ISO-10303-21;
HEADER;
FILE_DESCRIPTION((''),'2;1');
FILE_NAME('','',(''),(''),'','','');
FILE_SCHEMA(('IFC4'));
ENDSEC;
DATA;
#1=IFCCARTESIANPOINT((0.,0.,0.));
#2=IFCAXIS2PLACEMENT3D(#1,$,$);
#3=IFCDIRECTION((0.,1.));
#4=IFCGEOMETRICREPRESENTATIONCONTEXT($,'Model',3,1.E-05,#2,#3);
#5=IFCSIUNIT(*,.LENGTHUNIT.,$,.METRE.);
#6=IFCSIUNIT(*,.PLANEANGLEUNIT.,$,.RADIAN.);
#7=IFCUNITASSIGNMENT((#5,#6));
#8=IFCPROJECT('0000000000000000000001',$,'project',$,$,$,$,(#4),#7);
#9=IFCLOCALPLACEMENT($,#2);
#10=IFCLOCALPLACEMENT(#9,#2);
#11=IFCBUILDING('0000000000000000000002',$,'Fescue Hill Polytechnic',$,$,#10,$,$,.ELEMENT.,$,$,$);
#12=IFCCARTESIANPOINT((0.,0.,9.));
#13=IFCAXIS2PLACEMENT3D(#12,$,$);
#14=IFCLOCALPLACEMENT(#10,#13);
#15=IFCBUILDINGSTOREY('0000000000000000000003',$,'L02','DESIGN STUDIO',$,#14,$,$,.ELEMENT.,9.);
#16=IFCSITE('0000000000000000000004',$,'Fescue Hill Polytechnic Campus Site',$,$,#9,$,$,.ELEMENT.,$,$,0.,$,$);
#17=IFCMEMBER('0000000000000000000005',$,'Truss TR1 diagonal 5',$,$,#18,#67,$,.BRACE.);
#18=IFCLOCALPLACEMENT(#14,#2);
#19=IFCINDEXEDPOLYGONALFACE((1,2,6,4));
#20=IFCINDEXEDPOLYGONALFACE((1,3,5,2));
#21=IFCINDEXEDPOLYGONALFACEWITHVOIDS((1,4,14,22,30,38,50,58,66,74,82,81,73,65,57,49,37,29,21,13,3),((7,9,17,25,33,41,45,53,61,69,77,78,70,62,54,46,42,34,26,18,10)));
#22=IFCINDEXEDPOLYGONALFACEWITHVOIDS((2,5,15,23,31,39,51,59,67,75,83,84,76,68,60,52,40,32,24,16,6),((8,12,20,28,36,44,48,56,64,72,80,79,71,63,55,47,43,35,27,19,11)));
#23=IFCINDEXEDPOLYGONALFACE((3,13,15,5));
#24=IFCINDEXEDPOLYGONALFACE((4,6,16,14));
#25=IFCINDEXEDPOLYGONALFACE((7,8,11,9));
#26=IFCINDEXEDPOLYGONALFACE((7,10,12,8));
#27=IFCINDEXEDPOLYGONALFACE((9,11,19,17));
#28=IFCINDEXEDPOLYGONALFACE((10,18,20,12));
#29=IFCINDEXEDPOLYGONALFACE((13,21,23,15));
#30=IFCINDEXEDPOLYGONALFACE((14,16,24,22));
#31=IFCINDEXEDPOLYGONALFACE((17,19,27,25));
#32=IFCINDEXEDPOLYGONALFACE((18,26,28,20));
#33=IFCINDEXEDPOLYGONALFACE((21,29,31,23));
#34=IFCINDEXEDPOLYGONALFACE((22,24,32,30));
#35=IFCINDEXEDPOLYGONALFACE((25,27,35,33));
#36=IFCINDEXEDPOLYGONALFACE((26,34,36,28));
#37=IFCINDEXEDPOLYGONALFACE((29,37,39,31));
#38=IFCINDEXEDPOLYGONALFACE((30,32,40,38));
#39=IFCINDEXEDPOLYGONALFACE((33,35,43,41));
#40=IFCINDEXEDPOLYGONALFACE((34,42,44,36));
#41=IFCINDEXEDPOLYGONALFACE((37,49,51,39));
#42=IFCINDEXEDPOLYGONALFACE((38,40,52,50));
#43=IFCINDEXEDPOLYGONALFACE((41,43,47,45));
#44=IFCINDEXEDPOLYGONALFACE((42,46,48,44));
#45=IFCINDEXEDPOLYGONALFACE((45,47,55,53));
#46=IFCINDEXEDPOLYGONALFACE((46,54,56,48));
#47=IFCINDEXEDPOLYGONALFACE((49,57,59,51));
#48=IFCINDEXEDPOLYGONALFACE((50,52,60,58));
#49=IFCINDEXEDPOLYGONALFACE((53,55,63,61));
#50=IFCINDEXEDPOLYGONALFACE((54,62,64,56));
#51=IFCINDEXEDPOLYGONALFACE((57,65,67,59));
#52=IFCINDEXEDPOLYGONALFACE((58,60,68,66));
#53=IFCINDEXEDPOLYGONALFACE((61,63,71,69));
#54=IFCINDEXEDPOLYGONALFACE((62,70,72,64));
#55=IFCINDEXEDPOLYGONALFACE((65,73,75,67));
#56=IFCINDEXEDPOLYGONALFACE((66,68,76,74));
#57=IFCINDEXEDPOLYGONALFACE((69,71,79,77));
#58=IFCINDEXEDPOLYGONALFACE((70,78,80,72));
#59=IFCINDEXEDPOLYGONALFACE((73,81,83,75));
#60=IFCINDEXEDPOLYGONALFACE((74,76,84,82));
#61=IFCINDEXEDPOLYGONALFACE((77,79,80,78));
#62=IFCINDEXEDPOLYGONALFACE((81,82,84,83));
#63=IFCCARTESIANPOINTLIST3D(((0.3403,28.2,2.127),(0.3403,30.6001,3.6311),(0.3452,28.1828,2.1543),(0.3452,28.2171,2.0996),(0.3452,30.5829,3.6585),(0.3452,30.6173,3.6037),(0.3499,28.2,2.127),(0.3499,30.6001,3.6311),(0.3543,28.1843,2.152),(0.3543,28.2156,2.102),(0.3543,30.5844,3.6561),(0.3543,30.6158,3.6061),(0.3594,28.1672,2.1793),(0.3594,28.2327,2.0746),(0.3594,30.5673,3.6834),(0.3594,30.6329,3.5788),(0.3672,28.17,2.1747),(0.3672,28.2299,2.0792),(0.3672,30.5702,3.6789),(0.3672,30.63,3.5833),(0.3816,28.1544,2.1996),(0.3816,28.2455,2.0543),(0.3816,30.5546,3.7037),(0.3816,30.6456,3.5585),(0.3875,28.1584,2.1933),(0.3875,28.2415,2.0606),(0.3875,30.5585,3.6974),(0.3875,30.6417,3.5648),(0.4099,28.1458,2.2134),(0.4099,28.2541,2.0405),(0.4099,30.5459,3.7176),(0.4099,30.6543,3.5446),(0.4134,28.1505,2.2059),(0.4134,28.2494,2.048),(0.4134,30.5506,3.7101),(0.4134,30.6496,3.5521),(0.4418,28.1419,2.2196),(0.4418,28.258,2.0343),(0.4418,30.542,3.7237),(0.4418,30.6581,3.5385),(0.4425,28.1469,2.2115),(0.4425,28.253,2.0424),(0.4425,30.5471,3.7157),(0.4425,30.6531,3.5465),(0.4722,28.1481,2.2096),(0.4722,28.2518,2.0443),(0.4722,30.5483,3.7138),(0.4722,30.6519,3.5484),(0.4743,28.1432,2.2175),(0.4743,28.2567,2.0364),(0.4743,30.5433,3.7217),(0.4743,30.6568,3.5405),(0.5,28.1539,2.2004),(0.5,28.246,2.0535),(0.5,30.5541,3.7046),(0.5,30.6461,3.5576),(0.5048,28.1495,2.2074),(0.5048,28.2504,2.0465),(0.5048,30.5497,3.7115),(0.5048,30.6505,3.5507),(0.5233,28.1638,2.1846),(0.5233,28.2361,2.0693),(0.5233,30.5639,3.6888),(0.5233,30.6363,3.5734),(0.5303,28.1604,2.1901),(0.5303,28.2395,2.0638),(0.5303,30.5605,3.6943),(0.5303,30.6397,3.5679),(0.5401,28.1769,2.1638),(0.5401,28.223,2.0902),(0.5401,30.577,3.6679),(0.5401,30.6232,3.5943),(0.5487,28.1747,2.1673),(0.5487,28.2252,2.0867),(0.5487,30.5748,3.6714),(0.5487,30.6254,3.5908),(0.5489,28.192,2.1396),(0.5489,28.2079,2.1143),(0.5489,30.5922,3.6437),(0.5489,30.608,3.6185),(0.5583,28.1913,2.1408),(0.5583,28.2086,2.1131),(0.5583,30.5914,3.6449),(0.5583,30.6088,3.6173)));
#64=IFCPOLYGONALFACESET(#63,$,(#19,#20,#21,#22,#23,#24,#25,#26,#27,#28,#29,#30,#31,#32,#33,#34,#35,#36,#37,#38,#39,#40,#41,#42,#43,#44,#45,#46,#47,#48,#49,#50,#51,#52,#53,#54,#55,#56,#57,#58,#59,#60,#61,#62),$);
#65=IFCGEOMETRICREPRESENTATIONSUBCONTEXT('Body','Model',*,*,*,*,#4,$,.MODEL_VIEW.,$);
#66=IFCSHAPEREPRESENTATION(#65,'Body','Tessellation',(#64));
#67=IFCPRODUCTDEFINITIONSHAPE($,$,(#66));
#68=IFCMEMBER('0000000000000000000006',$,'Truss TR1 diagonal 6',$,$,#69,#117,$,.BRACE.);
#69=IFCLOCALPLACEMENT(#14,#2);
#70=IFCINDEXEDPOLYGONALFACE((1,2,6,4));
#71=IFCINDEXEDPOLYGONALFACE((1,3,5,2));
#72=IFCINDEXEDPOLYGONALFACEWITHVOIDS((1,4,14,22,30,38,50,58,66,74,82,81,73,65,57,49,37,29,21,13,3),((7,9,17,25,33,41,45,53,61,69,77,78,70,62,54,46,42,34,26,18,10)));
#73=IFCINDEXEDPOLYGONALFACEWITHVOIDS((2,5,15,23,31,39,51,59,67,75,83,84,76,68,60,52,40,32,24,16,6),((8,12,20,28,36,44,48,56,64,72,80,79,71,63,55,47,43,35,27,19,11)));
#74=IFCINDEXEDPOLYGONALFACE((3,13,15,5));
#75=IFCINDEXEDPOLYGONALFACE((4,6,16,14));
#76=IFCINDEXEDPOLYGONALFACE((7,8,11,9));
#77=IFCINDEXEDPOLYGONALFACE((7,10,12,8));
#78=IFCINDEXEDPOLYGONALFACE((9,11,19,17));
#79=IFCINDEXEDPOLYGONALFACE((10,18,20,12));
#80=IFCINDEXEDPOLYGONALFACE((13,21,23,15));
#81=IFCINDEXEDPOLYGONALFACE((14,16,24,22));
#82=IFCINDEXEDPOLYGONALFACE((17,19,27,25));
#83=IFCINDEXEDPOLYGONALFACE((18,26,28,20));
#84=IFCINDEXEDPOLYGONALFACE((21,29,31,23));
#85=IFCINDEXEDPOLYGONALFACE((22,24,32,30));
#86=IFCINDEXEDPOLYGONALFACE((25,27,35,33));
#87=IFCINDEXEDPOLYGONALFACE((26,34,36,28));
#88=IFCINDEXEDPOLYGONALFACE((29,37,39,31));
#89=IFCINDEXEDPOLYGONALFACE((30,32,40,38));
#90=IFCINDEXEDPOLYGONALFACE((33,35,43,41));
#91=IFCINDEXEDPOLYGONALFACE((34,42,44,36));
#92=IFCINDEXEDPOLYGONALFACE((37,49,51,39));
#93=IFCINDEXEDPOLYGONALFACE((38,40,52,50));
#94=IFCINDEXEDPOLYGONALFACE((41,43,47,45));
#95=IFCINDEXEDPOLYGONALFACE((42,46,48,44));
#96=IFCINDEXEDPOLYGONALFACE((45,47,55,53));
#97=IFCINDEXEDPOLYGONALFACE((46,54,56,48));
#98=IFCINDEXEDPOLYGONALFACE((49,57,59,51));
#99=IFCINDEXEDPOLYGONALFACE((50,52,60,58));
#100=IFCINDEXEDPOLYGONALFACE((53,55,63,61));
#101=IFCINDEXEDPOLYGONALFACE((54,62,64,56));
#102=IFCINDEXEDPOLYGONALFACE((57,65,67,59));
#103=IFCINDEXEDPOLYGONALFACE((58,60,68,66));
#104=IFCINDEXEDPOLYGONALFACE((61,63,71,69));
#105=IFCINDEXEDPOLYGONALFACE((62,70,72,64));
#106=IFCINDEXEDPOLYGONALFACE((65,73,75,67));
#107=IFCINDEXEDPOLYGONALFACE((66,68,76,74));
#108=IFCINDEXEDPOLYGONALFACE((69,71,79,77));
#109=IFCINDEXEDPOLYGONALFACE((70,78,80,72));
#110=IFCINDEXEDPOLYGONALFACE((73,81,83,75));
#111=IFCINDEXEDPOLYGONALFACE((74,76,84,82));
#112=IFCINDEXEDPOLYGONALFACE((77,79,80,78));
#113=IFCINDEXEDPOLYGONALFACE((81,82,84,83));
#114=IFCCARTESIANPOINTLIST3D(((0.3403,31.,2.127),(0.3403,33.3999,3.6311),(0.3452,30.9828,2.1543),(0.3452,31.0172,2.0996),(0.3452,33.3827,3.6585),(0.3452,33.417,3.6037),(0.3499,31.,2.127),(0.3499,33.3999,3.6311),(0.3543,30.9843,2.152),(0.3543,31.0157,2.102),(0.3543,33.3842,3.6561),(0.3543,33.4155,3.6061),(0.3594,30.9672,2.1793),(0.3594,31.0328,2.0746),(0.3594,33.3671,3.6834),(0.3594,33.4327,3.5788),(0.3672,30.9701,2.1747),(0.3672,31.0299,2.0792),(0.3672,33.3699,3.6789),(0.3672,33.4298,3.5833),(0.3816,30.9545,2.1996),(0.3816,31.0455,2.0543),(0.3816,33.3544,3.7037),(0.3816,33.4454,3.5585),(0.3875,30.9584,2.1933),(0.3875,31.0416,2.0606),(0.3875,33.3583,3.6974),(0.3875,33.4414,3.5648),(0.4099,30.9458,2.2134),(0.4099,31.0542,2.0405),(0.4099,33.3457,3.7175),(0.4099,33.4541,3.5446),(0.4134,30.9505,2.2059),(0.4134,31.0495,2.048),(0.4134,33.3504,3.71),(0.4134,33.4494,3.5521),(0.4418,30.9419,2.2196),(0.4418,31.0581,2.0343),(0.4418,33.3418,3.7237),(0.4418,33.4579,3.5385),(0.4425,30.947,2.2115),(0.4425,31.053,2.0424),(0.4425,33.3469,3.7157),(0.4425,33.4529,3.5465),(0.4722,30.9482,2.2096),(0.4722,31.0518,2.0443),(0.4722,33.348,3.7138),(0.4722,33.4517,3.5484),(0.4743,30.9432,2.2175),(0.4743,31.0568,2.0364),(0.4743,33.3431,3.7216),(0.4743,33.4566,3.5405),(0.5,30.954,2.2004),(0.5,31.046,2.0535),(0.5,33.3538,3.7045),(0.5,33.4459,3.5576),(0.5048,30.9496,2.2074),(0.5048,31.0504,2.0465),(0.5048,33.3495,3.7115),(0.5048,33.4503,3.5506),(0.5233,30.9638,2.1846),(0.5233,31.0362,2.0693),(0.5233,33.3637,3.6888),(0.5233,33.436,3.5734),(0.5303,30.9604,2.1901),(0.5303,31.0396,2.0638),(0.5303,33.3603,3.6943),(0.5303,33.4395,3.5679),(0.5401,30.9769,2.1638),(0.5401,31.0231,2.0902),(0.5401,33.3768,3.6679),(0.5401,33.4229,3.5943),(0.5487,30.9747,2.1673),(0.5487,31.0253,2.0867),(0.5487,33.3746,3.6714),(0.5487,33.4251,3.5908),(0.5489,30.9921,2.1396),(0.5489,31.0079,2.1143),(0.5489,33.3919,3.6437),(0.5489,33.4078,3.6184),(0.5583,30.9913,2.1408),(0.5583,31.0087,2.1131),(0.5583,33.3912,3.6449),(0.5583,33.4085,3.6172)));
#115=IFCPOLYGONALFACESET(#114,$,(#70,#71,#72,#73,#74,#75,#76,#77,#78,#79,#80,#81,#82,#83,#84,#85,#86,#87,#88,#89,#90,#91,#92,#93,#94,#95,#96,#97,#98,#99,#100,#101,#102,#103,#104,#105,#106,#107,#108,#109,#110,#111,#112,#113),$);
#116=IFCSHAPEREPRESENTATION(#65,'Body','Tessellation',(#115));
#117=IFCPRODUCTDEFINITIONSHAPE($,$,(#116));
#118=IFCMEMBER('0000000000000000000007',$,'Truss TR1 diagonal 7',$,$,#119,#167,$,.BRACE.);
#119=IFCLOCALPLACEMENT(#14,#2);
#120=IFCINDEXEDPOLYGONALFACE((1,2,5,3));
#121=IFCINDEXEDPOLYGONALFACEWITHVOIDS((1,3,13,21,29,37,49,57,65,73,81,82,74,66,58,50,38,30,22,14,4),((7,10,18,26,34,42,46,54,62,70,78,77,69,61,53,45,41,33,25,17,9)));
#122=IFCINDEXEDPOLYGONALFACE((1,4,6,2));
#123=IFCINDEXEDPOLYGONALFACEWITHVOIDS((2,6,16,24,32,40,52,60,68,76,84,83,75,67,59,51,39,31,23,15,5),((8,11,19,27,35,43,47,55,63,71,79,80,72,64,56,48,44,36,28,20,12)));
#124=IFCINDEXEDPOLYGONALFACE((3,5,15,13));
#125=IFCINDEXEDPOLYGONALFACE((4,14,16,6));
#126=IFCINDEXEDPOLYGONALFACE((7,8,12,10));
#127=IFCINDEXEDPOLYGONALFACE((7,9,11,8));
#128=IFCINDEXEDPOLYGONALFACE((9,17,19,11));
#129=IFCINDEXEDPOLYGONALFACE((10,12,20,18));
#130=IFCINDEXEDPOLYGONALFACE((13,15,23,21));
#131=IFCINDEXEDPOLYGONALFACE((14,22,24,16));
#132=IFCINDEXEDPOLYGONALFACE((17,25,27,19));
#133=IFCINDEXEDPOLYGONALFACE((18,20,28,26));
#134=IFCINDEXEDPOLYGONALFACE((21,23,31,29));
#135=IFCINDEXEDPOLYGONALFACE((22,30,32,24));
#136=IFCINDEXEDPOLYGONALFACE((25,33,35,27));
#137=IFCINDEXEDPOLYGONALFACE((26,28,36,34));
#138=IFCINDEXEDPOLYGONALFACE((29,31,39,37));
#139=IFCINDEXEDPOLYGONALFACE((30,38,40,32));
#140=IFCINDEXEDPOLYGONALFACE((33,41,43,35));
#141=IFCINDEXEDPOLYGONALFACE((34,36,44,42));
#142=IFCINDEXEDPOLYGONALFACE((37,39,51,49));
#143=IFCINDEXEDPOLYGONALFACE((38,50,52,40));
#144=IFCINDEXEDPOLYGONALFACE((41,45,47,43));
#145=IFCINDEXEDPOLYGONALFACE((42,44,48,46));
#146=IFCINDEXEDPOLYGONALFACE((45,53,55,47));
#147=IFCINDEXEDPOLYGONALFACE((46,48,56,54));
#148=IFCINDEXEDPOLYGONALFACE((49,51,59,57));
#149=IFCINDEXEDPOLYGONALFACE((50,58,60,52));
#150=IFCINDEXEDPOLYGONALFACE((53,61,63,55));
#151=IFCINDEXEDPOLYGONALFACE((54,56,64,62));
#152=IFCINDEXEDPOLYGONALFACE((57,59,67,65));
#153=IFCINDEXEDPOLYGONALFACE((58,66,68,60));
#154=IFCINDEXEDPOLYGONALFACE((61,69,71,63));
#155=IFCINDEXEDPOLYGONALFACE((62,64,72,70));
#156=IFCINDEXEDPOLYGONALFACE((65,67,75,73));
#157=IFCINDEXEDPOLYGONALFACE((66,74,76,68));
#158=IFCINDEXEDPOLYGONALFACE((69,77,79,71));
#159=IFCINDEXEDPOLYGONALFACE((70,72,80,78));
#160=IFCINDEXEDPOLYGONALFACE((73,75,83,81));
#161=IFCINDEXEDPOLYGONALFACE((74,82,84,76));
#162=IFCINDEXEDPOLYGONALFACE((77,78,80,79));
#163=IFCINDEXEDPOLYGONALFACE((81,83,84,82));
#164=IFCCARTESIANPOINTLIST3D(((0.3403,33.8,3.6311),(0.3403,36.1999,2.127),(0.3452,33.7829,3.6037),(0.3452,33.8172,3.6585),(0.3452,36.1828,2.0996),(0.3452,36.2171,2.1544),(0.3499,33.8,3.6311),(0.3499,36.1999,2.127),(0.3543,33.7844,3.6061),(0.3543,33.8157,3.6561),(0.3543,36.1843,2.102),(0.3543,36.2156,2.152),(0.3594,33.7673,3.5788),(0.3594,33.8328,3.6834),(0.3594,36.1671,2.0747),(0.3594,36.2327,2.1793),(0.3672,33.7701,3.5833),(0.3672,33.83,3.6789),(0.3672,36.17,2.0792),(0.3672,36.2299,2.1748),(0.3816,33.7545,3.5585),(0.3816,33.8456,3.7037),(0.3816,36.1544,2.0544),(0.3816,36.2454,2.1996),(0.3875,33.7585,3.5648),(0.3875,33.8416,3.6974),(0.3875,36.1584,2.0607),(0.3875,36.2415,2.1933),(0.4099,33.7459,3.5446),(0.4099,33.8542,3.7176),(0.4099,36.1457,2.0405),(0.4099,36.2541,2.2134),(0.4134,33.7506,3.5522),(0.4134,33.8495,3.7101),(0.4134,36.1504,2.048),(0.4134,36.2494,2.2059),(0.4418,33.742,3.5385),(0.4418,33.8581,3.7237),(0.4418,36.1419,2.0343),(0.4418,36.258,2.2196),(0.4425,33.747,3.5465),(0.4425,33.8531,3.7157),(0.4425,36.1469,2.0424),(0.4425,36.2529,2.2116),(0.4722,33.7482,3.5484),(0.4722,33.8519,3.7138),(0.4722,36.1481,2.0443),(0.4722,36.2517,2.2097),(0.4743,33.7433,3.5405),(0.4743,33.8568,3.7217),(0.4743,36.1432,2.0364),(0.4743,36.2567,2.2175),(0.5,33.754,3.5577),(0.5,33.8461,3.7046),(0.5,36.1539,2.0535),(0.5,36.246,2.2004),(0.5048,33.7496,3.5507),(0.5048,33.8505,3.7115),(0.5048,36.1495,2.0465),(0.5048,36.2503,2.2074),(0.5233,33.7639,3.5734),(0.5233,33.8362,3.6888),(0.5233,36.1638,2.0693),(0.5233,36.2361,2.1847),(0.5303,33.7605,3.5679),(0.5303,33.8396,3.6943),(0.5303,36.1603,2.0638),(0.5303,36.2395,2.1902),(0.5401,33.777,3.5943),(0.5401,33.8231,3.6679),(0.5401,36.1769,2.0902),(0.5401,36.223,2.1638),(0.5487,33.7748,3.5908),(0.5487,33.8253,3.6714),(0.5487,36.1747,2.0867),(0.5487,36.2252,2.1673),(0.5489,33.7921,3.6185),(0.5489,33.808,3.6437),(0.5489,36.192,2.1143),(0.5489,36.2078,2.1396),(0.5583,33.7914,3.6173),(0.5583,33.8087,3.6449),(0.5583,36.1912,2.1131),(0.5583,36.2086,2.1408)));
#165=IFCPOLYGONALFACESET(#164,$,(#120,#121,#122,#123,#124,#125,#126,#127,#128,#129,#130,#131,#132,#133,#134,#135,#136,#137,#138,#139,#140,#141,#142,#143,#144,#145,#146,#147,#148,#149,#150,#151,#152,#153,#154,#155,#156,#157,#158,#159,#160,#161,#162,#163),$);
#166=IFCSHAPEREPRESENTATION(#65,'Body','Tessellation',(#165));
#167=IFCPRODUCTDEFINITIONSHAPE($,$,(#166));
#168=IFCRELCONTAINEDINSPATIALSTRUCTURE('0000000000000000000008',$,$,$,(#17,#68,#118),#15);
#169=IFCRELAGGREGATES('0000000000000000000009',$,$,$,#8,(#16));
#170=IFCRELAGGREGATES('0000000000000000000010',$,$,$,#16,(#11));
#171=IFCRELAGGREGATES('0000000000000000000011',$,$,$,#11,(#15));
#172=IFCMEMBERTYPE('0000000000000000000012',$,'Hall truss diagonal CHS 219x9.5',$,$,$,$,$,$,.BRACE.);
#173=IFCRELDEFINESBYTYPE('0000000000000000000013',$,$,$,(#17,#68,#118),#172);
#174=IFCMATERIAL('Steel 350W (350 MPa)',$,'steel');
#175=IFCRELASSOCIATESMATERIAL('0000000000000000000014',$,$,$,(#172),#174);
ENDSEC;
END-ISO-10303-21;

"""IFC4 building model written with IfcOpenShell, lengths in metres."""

from ifc_helpers import new_model, si_unit, direction, frame, origin, origin_2d, place, context, subcontext, project, spatial, hollow_circle, extrude, material, material_profile, profile_set, type_object, element, save


model = new_model("IFC4")

# Units and contexts
model_context = context("Model", 3, precision=1e-05, world=origin(), true_north=direction((0.0, 1.0)))
body_context = subcontext(model_context, "Body", "Model", "MODEL_VIEW")
ifc_project = project(units=[si_unit("LENGTHUNIT", "METRE"), si_unit("PLANEANGLEUNIT", "RADIAN")], contexts=[model_context])

# Site, building, storey
site_placement = place(None, origin())
site = spatial("IfcSite", under=ifc_project, at=site_placement, Name="Fescue Hill Polytechnic Campus Site", CompositionType="ELEMENT", RefElevation=0.0)
building_placement = place(site_placement, origin())
building = spatial("IfcBuilding", under=site, at=building_placement, Name="Fescue Hill Polytechnic", CompositionType="ELEMENT")
storey_placement = place(building_placement, frame((0.0, 0.0, 9.0)))
storey = spatial("IfcBuildingStorey", under=building, at=storey_placement, Name="L02", Description="DESIGN STUDIO", CompositionType="ELEMENT", Elevation=9.0)

# Members
ifc_material_1 = material(Name="Steel 350W (350 MPa)", Category="steel")
ifc_material_profile_1 = material_profile(ifc_material_1, hollow_circle(Radius=0.1096, WallThickness=0.0095, at=origin_2d()), Name="Hall truss diagonal CHS 219x9.5")
ifc_profile_set_1 = profile_set([ifc_material_profile_1], Name="Steel 350W (350 MPa)")
member_type_1 = type_object("IfcMemberType", Name="Hall truss diagonal CHS 219x9.5", PredefinedType="BRACE", material=ifc_profile_set_1)
for number, where, z_axis, x_axis, name in (
    (1, (0.45, 28.2, 2.127), (0.0, 0.847354, 0.531029), (-1.0, 0.0, 0.0), "Truss TR1 diagonal 5"),
):
    element("IfcMember", number, at=place(storey_placement, frame(where, z_axis=z_axis, x_axis=x_axis)), inside=storey, type_object=member_type_1, Name=name, PredefinedType="BRACE", context=body_context, shape_type="SweptSolid", body=[
        extrude(hollow_circle(Radius=0.1096, WallThickness=0.0095, at=origin_2d()), origin(), (0.0, 0.0, 1.0), 2.8325),
    ])
for number, where, z_axis, x_axis, name in (
    (2, (0.45, 31.0, 2.127), (0.0, 0.847329, 0.531068), (-1.0, 0.0, 0.0), "Truss TR1 diagonal 6"),
    (3, (0.45, 33.8, 3.6311), (0.0, 0.847329, -0.531068), (-1.0, 0.0, 0.0), "Truss TR1 diagonal 7"),
):
    element("IfcMember", number, at=place(storey_placement, frame(where, z_axis=z_axis, x_axis=x_axis)), inside=storey, type_object=member_type_1, Name=name, PredefinedType="BRACE", context=body_context, shape_type="SweptSolid", body=[
        extrude(hollow_circle(Radius=0.1096, WallThickness=0.0095, at=origin_2d()), origin(), (0.0, 0.0, 1.0), 2.8323),
    ])

save(model, "model.ifc")
